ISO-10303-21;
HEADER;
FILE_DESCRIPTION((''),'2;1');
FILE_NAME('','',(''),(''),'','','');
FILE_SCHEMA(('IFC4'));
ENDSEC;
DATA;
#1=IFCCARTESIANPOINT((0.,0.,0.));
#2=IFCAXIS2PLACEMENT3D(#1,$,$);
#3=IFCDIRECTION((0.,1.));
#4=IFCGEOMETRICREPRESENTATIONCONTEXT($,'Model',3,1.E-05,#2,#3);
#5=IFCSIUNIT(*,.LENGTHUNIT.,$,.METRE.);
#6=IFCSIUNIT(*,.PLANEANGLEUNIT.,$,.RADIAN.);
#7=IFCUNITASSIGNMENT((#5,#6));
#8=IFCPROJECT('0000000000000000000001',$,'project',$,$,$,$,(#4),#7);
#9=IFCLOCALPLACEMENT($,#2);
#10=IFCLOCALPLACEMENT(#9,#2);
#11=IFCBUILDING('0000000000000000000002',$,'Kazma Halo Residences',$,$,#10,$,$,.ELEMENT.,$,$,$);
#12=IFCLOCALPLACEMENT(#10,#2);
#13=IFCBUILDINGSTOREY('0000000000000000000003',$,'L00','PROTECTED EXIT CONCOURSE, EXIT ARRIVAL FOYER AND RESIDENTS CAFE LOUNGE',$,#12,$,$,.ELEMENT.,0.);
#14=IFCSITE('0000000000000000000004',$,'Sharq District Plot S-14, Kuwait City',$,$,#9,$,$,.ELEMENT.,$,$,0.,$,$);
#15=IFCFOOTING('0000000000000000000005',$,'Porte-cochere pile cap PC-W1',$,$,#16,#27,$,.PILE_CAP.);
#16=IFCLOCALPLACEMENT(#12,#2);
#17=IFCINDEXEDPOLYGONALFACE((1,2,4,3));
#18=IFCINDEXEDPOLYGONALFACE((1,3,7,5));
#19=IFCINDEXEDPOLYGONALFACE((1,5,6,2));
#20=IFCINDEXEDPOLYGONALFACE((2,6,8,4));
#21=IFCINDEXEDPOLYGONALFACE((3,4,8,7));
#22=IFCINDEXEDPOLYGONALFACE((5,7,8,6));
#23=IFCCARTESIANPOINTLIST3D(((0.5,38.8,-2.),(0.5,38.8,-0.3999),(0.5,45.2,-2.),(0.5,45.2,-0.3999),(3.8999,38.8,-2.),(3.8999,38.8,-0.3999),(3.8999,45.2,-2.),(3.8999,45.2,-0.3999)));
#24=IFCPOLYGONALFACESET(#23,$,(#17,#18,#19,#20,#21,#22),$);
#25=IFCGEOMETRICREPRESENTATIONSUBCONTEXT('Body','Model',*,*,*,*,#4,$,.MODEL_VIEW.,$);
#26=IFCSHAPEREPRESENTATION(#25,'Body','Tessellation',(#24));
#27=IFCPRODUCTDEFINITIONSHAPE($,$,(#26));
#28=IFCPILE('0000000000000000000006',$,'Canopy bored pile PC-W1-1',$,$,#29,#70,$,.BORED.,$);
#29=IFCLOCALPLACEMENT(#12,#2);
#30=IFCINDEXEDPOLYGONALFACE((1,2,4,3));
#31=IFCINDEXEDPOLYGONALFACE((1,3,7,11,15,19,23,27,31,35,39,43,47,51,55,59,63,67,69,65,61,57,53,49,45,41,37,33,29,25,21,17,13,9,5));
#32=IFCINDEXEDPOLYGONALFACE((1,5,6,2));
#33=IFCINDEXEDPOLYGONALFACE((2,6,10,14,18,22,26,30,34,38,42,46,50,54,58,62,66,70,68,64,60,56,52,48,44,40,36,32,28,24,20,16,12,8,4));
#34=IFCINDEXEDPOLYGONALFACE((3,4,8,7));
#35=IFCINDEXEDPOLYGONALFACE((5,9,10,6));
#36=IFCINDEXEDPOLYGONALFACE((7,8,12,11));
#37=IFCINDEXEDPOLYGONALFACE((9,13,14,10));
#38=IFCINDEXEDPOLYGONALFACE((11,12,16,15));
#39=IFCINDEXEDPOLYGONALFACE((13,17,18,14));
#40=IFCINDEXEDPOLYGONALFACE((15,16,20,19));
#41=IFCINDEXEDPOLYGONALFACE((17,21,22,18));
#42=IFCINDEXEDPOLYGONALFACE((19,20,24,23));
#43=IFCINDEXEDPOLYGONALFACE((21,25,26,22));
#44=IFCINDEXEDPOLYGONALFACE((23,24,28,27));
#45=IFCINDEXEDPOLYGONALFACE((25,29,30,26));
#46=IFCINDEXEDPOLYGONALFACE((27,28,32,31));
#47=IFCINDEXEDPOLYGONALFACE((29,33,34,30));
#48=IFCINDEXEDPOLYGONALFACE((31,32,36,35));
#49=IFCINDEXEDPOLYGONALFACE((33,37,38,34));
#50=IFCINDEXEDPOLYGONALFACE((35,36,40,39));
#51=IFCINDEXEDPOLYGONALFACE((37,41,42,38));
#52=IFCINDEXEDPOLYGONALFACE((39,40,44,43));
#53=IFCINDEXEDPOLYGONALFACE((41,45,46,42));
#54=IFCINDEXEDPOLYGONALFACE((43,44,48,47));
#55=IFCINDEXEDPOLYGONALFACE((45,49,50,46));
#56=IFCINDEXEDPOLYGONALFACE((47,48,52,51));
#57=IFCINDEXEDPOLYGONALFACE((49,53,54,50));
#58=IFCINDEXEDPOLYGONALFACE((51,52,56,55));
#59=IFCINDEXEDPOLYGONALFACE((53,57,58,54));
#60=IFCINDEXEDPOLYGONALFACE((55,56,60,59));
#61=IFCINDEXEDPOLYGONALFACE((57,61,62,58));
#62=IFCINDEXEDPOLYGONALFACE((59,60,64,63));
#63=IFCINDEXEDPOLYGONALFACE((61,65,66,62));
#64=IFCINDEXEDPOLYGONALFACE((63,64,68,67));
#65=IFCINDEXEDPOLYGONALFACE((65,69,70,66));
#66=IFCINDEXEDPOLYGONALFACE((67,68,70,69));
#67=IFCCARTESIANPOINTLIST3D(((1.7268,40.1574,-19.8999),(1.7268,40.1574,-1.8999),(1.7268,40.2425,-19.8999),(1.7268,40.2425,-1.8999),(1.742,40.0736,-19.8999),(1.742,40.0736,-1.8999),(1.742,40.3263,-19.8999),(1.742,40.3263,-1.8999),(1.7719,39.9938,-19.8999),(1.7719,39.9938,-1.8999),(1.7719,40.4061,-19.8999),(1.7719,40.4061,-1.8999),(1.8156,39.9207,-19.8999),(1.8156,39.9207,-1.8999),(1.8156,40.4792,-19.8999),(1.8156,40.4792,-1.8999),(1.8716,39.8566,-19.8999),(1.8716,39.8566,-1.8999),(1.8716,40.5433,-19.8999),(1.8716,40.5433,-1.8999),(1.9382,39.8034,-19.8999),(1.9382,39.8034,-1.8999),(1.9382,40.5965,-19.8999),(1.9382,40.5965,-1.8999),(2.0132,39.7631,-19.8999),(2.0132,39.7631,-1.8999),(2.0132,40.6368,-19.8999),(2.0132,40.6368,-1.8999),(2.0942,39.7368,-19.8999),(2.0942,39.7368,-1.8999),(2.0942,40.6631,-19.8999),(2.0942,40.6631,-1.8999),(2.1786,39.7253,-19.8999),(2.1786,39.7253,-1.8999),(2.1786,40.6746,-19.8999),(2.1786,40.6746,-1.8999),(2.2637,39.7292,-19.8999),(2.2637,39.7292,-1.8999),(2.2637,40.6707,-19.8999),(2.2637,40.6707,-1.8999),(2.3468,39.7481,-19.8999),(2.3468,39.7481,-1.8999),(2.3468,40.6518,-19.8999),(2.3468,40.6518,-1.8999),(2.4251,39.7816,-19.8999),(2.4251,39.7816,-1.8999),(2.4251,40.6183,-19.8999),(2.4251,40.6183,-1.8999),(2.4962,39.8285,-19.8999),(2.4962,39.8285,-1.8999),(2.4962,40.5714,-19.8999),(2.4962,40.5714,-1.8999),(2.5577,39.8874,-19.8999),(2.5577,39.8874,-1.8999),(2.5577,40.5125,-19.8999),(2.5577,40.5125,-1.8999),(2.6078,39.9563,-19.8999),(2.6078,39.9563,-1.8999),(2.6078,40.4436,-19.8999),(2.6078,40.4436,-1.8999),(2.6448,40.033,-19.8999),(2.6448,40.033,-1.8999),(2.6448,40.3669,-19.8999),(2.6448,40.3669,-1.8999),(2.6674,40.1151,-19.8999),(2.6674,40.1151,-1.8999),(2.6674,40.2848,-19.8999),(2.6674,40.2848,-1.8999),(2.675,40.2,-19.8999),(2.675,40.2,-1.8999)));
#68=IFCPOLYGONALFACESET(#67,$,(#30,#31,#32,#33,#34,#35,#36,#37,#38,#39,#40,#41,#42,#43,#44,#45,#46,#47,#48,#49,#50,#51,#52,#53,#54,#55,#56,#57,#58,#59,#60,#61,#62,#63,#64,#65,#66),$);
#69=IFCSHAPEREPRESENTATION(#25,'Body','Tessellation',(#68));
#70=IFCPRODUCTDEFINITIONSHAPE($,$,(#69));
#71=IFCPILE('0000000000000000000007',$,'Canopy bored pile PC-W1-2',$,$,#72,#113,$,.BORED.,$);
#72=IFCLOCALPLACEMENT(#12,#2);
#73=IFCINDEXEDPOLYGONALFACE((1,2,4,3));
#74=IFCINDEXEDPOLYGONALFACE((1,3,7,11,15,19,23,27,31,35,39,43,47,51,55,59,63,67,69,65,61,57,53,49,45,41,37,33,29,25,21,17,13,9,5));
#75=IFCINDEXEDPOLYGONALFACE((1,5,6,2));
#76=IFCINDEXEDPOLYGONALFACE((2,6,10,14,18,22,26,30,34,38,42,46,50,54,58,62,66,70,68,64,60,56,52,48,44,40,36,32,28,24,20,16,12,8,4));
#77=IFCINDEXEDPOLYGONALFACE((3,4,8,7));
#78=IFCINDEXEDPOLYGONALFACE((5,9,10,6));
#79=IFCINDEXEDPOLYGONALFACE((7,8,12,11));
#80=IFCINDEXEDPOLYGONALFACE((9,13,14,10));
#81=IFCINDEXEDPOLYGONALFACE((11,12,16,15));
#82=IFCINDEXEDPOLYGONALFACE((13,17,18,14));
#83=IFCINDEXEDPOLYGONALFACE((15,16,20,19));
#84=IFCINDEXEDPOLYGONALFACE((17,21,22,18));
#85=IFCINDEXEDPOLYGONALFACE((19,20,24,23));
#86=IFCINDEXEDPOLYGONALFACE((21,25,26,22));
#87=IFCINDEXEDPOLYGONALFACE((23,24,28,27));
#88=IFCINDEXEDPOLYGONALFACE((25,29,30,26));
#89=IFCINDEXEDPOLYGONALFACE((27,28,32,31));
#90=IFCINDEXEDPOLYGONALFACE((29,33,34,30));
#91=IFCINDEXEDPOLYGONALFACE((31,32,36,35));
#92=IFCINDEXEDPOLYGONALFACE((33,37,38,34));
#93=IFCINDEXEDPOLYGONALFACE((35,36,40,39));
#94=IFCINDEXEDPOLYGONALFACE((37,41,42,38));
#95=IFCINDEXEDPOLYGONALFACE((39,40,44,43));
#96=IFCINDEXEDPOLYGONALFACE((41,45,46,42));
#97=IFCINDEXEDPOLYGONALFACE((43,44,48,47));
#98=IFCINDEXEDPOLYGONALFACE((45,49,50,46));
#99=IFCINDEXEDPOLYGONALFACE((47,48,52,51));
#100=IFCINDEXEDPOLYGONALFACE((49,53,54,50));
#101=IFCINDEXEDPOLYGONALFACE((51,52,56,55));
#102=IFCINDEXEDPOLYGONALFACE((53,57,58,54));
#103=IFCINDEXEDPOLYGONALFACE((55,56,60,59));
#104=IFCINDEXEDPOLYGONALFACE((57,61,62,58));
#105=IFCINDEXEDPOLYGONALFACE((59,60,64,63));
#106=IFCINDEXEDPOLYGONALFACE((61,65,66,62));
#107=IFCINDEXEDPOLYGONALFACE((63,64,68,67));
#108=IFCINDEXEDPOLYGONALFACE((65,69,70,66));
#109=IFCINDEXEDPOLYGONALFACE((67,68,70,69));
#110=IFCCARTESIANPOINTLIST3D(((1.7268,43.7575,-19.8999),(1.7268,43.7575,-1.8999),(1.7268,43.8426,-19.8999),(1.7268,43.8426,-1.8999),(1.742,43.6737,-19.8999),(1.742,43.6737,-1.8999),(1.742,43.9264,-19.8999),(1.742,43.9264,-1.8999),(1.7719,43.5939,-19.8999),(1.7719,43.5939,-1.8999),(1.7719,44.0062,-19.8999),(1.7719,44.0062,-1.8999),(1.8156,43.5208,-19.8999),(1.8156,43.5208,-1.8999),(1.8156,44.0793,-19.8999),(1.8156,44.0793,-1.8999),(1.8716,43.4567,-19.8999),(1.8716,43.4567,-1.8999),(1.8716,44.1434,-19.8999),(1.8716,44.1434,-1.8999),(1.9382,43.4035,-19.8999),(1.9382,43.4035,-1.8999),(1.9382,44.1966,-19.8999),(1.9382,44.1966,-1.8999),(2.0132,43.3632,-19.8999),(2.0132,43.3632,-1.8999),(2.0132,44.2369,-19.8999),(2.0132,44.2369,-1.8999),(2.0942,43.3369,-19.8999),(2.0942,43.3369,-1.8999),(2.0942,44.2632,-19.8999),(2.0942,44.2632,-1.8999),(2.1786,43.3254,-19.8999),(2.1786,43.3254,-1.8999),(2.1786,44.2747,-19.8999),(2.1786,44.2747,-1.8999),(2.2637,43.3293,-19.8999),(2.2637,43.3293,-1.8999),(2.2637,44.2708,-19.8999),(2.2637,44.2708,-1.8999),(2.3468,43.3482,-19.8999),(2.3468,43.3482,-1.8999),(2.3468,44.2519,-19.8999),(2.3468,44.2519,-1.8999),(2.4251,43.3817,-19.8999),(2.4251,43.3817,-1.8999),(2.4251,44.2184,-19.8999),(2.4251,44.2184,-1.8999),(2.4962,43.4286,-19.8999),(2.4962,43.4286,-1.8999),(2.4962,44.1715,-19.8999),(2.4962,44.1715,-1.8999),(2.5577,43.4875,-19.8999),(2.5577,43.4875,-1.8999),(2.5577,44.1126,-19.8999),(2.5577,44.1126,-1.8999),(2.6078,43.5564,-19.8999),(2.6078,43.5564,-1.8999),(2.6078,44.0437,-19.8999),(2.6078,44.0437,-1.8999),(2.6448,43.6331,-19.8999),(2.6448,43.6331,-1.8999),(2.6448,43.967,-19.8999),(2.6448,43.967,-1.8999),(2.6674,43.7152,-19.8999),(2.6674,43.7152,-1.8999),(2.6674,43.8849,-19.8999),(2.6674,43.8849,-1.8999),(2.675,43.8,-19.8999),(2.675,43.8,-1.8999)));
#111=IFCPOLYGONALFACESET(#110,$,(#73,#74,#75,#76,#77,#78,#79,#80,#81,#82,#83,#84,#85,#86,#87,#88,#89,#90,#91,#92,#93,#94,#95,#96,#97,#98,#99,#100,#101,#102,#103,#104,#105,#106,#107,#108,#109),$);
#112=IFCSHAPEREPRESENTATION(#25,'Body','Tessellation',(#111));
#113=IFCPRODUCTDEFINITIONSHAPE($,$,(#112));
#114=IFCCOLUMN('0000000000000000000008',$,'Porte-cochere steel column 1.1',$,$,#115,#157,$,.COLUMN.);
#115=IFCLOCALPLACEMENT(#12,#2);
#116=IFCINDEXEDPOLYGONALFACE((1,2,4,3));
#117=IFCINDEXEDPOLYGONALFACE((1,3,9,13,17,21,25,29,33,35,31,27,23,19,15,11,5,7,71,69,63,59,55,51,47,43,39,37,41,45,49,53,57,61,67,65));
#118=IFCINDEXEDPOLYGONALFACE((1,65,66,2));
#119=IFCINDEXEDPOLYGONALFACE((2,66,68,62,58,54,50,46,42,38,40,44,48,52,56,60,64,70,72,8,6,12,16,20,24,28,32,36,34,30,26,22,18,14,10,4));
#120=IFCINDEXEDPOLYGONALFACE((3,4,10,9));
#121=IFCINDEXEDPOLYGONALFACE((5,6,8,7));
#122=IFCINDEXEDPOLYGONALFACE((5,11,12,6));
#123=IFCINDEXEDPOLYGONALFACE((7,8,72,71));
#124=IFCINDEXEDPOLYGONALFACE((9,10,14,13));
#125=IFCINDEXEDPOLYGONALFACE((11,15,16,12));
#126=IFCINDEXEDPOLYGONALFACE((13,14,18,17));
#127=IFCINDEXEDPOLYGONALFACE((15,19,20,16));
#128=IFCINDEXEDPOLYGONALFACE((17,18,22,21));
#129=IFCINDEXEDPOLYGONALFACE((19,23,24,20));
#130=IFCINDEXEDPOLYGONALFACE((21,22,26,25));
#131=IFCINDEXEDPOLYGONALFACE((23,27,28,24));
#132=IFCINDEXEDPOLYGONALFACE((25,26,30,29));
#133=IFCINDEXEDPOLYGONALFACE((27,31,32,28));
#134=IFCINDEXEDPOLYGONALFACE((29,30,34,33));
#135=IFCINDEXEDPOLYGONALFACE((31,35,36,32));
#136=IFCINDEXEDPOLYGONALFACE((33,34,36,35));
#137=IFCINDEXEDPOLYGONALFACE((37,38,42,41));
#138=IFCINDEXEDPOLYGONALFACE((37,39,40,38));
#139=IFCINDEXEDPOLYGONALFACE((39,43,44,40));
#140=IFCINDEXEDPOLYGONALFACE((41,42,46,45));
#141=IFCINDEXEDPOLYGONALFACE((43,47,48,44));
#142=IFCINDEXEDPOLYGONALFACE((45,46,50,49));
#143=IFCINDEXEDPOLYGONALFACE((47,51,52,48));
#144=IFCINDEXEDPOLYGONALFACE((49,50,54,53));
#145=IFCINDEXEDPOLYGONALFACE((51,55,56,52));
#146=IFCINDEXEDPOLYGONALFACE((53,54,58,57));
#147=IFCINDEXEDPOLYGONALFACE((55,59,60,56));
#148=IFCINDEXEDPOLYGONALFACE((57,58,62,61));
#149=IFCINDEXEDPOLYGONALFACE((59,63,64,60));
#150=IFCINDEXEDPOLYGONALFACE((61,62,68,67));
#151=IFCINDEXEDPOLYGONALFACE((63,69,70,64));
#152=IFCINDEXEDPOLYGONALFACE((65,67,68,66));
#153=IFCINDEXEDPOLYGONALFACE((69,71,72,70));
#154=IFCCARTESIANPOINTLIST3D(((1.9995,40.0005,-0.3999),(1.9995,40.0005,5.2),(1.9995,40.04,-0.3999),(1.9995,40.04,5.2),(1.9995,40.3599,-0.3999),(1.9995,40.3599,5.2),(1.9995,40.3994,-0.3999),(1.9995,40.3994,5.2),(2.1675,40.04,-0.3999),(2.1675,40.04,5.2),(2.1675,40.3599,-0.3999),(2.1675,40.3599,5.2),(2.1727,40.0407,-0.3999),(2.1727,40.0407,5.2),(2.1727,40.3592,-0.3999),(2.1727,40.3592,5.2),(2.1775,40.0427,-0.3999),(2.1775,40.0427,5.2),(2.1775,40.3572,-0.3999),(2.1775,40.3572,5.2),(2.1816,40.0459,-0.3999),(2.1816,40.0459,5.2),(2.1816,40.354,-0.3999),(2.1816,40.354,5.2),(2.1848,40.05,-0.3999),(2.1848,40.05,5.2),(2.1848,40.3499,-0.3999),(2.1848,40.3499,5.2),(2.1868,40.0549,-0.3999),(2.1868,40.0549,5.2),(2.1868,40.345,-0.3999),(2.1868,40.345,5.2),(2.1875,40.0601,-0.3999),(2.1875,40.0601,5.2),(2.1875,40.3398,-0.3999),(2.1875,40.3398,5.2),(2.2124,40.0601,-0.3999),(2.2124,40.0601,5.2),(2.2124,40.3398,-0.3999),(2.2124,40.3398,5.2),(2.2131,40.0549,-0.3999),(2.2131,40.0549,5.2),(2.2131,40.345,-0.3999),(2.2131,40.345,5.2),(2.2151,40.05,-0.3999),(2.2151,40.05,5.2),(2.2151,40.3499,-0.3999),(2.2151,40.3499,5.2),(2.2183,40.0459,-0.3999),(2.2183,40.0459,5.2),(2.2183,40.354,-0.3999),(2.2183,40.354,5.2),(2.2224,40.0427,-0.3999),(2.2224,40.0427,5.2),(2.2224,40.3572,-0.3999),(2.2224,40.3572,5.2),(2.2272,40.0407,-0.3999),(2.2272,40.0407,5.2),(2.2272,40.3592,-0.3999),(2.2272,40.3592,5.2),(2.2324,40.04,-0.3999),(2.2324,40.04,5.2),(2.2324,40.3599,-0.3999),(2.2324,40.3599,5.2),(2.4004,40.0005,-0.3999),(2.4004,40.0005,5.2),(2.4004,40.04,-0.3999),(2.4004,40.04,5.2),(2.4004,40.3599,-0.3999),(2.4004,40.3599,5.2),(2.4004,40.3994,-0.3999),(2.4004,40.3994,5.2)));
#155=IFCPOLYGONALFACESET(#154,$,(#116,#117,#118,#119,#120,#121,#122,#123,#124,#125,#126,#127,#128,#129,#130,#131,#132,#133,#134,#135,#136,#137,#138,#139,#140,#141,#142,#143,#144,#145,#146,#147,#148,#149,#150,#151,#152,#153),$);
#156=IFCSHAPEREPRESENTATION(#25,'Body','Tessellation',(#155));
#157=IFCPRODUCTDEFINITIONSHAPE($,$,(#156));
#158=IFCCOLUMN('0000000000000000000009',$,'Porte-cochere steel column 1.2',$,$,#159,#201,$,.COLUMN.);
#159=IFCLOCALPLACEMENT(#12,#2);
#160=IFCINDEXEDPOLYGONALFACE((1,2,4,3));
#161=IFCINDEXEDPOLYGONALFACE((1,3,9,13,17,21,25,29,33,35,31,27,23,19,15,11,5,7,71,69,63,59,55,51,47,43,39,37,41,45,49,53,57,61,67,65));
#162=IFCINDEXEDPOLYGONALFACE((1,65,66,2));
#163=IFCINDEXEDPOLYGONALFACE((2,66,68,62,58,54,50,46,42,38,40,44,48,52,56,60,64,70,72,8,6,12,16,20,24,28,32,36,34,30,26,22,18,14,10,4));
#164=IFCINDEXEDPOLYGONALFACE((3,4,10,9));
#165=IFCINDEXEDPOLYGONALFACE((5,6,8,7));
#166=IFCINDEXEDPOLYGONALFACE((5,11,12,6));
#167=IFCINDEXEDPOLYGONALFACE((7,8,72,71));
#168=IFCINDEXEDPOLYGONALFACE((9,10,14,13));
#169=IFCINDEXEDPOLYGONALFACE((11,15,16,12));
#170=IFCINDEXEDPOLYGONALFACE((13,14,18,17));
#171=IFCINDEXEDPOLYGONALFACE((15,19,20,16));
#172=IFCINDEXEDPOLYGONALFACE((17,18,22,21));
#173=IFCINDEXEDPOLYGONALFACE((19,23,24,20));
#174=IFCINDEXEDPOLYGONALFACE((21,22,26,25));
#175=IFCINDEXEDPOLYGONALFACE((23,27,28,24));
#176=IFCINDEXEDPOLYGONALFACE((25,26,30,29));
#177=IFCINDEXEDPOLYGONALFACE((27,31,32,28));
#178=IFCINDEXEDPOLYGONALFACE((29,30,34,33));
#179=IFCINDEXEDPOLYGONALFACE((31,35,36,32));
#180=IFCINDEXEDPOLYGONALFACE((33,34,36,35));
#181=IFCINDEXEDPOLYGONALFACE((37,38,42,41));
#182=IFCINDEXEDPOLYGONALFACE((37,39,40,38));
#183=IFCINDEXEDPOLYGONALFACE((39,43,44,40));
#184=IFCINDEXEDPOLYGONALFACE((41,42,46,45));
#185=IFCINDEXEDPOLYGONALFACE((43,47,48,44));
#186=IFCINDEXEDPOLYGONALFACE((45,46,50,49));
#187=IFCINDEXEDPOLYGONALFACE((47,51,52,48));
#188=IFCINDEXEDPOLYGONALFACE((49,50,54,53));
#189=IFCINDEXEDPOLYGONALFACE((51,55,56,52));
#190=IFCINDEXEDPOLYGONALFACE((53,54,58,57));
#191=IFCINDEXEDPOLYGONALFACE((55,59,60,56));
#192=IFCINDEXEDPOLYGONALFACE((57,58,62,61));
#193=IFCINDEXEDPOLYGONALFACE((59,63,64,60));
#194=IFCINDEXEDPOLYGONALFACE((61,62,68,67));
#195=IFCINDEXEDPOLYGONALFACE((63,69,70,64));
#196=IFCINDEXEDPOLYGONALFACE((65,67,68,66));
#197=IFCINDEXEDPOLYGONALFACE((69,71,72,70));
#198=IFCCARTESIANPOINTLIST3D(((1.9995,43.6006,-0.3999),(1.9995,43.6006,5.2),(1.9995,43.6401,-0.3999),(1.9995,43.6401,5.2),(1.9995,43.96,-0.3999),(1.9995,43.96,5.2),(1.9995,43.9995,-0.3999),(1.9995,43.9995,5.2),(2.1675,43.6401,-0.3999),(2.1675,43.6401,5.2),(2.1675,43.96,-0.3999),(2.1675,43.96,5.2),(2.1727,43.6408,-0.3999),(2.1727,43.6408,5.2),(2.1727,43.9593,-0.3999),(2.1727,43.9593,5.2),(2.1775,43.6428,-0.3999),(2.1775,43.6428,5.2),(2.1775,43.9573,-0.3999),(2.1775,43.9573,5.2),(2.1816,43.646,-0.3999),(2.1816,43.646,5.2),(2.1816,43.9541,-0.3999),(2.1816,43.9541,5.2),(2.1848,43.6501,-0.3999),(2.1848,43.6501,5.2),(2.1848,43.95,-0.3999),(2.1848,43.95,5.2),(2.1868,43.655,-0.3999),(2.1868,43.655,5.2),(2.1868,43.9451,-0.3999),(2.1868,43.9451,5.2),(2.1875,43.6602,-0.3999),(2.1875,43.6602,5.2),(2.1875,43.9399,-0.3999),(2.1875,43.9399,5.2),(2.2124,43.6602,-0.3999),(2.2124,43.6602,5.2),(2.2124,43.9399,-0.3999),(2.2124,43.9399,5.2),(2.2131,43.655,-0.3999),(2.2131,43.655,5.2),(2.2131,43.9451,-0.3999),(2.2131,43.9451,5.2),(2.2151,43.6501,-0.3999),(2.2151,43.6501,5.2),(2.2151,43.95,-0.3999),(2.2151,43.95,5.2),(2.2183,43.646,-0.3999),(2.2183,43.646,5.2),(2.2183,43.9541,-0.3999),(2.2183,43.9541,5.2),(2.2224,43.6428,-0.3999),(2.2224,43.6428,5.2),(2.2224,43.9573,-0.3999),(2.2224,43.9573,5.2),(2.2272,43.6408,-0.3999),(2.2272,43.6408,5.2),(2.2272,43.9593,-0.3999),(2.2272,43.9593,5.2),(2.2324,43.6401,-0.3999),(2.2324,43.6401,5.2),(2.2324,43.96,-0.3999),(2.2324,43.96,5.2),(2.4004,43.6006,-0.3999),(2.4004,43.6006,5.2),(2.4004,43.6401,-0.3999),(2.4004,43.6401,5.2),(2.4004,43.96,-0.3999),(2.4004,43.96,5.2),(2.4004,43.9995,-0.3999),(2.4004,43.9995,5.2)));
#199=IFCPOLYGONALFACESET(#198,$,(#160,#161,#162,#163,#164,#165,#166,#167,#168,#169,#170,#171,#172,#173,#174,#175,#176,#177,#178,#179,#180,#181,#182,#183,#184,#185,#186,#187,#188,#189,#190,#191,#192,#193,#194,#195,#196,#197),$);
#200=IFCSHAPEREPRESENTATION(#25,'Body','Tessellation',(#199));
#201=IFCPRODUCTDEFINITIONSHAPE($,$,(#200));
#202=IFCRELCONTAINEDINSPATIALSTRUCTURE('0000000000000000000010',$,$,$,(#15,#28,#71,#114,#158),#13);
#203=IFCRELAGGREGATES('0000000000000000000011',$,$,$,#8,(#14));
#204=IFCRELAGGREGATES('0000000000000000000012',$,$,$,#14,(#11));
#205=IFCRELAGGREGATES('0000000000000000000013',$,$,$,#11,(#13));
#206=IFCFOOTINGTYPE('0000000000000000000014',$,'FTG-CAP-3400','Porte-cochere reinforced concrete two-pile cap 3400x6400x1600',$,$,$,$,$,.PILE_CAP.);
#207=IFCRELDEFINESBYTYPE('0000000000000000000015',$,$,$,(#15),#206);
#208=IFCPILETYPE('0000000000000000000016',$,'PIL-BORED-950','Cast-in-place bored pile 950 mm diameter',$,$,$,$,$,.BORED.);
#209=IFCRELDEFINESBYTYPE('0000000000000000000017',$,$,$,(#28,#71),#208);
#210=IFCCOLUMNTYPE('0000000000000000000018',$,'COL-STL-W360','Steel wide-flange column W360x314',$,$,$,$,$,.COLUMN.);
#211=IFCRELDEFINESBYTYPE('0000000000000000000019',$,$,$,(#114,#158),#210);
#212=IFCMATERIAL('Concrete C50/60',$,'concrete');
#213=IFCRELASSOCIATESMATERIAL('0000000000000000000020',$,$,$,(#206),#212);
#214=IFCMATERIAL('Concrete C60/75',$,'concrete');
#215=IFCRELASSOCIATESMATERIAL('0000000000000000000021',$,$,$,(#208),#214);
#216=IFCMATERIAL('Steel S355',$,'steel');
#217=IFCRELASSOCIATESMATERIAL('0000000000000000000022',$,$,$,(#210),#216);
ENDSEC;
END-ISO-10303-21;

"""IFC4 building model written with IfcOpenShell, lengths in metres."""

from ifc_helpers import new_model, si_unit, direction, frame, origin, origin_2d, place, context, subcontext, project, spatial, rectangle, circle, i_section, extrude, material, material_profile, profile_set, type_object, element, save


model = new_model("IFC4")

# Units and contexts
model_context = context("Model", 3, precision=1e-05, world=origin(), true_north=direction((0.0, 1.0)))
body_context = subcontext(model_context, "Body", "Model", "MODEL_VIEW")
ifc_project = project(units=[si_unit("LENGTHUNIT", "METRE"), si_unit("PLANEANGLEUNIT", "RADIAN")], contexts=[model_context])

# Site, building, storey
site_placement = place(None, origin())
site = spatial("IfcSite", under=ifc_project, at=site_placement, Name="Sharq District Plot S-14, Kuwait City", CompositionType="ELEMENT", RefElevation=0.0)
building_placement = place(site_placement, origin())
building = spatial("IfcBuilding", under=site, at=building_placement, Name="Kazma Halo Residences", CompositionType="ELEMENT")
storey_placement = place(building_placement, origin())
storey = spatial("IfcBuildingStorey", under=building, at=storey_placement, Name="L00", Description="PROTECTED EXIT CONCOURSE, EXIT ARRIVAL FOYER AND RESIDENTS CAFE LOUNGE", CompositionType="ELEMENT", Elevation=0.0)

# Footing
ifc_material_1 = material(Name="Concrete C50/60", Category="concrete")
footing_type = type_object("IfcFootingType", Name="FTG-CAP-3400", Description="Porte-cochere reinforced concrete two-pile cap 3400x6400x1600", PredefinedType="PILE_CAP", material=ifc_material_1)
footing_placement = place(storey_placement, frame((2.2, 42.0, -2.0), z_axis=(0.0, 0.0, 1.0), x_axis=(1.0, 0.0, 0.0)))
element("IfcFooting", 1, at=footing_placement, inside=storey, type_object=footing_type, Name="Porte-cochere pile cap PC-W1", PredefinedType="PILE_CAP", context=body_context, shape_type="SweptSolid", body=[
    extrude(rectangle(XDim=3.3999, YDim=6.3999, at=origin_2d()), origin(), (0.0, 0.0, 1.0), 1.6001),
])

# Piles
ifc_material_2 = material(Name="Concrete C60/75", Category="concrete")
ifc_material_profile_1 = material_profile(ifc_material_2, circle(Radius=0.4751, at=origin_2d()), Name="CIRC950")
ifc_profile_set_1 = profile_set([ifc_material_profile_1], Name="Concrete C60/75")
pile_type = type_object("IfcPileType", Name="PIL-BORED-950", Description="Cast-in-place bored pile 950 mm diameter", PredefinedType="BORED", material=ifc_profile_set_1)
for number, where, z_axis, x_axis, name in (
    (2, (2.2, 40.2, -1.8999), (0.0, 0.0, -1.0), (1.0, 0.0, 0.0), "Canopy bored pile PC-W1-1"),
    (3, (2.2, 43.8, -1.8999), (0.0, 0.0, -1.0), (1.0, 0.0, 0.0), "Canopy bored pile PC-W1-2"),
):
    element("IfcPile", number, at=place(storey_placement, frame(where, z_axis=z_axis, x_axis=x_axis)), inside=storey, type_object=pile_type, Name=name, PredefinedType="BORED", context=body_context, shape_type="SweptSolid", body=[
        extrude(circle(Radius=0.4751, at=origin_2d()), origin(), (0.0, 0.0, 1.0), 18.0),
    ])

# Columns
ifc_material_3 = material(Name="Steel S355", Category="steel")
ifc_material_profile_2 = material_profile(ifc_material_3, i_section(OverallWidth=0.4009, OverallDepth=0.3989, WebThickness=0.0249, FlangeThickness=0.0396, FilletRadius=0.02, at=origin_2d()), Name="W360x314")
ifc_profile_set_2 = profile_set([ifc_material_profile_2], Name="Steel S355")
column_type = type_object("IfcColumnType", Name="COL-STL-W360", Description="Steel wide-flange column W360x314", PredefinedType="COLUMN", material=ifc_profile_set_2)
for number, where, z_axis, x_axis, name in (
    (4, (2.2, 40.2, -0.3999), (0.0, 0.0, 1.0), (1.0, 0.0, 0.0), "Porte-cochere steel column 1.1"),
    (5, (2.2, 43.8, -0.3999), (0.0, 0.0, 1.0), (1.0, 0.0, 0.0), "Porte-cochere steel column 1.2"),
):
    element("IfcColumn", number, at=place(storey_placement, frame(where, z_axis=z_axis, x_axis=x_axis)), inside=storey, type_object=column_type, Name=name, PredefinedType="COLUMN", context=body_context, shape_type="SweptSolid", body=[
        extrude(i_section(OverallWidth=0.4009, OverallDepth=0.3989, WebThickness=0.0249, FlangeThickness=0.0396, FilletRadius=0.02, at=origin_2d()), origin(), (0.0, 0.0, 1.0), 5.5999),
    ])

save(model, "model.ifc")
